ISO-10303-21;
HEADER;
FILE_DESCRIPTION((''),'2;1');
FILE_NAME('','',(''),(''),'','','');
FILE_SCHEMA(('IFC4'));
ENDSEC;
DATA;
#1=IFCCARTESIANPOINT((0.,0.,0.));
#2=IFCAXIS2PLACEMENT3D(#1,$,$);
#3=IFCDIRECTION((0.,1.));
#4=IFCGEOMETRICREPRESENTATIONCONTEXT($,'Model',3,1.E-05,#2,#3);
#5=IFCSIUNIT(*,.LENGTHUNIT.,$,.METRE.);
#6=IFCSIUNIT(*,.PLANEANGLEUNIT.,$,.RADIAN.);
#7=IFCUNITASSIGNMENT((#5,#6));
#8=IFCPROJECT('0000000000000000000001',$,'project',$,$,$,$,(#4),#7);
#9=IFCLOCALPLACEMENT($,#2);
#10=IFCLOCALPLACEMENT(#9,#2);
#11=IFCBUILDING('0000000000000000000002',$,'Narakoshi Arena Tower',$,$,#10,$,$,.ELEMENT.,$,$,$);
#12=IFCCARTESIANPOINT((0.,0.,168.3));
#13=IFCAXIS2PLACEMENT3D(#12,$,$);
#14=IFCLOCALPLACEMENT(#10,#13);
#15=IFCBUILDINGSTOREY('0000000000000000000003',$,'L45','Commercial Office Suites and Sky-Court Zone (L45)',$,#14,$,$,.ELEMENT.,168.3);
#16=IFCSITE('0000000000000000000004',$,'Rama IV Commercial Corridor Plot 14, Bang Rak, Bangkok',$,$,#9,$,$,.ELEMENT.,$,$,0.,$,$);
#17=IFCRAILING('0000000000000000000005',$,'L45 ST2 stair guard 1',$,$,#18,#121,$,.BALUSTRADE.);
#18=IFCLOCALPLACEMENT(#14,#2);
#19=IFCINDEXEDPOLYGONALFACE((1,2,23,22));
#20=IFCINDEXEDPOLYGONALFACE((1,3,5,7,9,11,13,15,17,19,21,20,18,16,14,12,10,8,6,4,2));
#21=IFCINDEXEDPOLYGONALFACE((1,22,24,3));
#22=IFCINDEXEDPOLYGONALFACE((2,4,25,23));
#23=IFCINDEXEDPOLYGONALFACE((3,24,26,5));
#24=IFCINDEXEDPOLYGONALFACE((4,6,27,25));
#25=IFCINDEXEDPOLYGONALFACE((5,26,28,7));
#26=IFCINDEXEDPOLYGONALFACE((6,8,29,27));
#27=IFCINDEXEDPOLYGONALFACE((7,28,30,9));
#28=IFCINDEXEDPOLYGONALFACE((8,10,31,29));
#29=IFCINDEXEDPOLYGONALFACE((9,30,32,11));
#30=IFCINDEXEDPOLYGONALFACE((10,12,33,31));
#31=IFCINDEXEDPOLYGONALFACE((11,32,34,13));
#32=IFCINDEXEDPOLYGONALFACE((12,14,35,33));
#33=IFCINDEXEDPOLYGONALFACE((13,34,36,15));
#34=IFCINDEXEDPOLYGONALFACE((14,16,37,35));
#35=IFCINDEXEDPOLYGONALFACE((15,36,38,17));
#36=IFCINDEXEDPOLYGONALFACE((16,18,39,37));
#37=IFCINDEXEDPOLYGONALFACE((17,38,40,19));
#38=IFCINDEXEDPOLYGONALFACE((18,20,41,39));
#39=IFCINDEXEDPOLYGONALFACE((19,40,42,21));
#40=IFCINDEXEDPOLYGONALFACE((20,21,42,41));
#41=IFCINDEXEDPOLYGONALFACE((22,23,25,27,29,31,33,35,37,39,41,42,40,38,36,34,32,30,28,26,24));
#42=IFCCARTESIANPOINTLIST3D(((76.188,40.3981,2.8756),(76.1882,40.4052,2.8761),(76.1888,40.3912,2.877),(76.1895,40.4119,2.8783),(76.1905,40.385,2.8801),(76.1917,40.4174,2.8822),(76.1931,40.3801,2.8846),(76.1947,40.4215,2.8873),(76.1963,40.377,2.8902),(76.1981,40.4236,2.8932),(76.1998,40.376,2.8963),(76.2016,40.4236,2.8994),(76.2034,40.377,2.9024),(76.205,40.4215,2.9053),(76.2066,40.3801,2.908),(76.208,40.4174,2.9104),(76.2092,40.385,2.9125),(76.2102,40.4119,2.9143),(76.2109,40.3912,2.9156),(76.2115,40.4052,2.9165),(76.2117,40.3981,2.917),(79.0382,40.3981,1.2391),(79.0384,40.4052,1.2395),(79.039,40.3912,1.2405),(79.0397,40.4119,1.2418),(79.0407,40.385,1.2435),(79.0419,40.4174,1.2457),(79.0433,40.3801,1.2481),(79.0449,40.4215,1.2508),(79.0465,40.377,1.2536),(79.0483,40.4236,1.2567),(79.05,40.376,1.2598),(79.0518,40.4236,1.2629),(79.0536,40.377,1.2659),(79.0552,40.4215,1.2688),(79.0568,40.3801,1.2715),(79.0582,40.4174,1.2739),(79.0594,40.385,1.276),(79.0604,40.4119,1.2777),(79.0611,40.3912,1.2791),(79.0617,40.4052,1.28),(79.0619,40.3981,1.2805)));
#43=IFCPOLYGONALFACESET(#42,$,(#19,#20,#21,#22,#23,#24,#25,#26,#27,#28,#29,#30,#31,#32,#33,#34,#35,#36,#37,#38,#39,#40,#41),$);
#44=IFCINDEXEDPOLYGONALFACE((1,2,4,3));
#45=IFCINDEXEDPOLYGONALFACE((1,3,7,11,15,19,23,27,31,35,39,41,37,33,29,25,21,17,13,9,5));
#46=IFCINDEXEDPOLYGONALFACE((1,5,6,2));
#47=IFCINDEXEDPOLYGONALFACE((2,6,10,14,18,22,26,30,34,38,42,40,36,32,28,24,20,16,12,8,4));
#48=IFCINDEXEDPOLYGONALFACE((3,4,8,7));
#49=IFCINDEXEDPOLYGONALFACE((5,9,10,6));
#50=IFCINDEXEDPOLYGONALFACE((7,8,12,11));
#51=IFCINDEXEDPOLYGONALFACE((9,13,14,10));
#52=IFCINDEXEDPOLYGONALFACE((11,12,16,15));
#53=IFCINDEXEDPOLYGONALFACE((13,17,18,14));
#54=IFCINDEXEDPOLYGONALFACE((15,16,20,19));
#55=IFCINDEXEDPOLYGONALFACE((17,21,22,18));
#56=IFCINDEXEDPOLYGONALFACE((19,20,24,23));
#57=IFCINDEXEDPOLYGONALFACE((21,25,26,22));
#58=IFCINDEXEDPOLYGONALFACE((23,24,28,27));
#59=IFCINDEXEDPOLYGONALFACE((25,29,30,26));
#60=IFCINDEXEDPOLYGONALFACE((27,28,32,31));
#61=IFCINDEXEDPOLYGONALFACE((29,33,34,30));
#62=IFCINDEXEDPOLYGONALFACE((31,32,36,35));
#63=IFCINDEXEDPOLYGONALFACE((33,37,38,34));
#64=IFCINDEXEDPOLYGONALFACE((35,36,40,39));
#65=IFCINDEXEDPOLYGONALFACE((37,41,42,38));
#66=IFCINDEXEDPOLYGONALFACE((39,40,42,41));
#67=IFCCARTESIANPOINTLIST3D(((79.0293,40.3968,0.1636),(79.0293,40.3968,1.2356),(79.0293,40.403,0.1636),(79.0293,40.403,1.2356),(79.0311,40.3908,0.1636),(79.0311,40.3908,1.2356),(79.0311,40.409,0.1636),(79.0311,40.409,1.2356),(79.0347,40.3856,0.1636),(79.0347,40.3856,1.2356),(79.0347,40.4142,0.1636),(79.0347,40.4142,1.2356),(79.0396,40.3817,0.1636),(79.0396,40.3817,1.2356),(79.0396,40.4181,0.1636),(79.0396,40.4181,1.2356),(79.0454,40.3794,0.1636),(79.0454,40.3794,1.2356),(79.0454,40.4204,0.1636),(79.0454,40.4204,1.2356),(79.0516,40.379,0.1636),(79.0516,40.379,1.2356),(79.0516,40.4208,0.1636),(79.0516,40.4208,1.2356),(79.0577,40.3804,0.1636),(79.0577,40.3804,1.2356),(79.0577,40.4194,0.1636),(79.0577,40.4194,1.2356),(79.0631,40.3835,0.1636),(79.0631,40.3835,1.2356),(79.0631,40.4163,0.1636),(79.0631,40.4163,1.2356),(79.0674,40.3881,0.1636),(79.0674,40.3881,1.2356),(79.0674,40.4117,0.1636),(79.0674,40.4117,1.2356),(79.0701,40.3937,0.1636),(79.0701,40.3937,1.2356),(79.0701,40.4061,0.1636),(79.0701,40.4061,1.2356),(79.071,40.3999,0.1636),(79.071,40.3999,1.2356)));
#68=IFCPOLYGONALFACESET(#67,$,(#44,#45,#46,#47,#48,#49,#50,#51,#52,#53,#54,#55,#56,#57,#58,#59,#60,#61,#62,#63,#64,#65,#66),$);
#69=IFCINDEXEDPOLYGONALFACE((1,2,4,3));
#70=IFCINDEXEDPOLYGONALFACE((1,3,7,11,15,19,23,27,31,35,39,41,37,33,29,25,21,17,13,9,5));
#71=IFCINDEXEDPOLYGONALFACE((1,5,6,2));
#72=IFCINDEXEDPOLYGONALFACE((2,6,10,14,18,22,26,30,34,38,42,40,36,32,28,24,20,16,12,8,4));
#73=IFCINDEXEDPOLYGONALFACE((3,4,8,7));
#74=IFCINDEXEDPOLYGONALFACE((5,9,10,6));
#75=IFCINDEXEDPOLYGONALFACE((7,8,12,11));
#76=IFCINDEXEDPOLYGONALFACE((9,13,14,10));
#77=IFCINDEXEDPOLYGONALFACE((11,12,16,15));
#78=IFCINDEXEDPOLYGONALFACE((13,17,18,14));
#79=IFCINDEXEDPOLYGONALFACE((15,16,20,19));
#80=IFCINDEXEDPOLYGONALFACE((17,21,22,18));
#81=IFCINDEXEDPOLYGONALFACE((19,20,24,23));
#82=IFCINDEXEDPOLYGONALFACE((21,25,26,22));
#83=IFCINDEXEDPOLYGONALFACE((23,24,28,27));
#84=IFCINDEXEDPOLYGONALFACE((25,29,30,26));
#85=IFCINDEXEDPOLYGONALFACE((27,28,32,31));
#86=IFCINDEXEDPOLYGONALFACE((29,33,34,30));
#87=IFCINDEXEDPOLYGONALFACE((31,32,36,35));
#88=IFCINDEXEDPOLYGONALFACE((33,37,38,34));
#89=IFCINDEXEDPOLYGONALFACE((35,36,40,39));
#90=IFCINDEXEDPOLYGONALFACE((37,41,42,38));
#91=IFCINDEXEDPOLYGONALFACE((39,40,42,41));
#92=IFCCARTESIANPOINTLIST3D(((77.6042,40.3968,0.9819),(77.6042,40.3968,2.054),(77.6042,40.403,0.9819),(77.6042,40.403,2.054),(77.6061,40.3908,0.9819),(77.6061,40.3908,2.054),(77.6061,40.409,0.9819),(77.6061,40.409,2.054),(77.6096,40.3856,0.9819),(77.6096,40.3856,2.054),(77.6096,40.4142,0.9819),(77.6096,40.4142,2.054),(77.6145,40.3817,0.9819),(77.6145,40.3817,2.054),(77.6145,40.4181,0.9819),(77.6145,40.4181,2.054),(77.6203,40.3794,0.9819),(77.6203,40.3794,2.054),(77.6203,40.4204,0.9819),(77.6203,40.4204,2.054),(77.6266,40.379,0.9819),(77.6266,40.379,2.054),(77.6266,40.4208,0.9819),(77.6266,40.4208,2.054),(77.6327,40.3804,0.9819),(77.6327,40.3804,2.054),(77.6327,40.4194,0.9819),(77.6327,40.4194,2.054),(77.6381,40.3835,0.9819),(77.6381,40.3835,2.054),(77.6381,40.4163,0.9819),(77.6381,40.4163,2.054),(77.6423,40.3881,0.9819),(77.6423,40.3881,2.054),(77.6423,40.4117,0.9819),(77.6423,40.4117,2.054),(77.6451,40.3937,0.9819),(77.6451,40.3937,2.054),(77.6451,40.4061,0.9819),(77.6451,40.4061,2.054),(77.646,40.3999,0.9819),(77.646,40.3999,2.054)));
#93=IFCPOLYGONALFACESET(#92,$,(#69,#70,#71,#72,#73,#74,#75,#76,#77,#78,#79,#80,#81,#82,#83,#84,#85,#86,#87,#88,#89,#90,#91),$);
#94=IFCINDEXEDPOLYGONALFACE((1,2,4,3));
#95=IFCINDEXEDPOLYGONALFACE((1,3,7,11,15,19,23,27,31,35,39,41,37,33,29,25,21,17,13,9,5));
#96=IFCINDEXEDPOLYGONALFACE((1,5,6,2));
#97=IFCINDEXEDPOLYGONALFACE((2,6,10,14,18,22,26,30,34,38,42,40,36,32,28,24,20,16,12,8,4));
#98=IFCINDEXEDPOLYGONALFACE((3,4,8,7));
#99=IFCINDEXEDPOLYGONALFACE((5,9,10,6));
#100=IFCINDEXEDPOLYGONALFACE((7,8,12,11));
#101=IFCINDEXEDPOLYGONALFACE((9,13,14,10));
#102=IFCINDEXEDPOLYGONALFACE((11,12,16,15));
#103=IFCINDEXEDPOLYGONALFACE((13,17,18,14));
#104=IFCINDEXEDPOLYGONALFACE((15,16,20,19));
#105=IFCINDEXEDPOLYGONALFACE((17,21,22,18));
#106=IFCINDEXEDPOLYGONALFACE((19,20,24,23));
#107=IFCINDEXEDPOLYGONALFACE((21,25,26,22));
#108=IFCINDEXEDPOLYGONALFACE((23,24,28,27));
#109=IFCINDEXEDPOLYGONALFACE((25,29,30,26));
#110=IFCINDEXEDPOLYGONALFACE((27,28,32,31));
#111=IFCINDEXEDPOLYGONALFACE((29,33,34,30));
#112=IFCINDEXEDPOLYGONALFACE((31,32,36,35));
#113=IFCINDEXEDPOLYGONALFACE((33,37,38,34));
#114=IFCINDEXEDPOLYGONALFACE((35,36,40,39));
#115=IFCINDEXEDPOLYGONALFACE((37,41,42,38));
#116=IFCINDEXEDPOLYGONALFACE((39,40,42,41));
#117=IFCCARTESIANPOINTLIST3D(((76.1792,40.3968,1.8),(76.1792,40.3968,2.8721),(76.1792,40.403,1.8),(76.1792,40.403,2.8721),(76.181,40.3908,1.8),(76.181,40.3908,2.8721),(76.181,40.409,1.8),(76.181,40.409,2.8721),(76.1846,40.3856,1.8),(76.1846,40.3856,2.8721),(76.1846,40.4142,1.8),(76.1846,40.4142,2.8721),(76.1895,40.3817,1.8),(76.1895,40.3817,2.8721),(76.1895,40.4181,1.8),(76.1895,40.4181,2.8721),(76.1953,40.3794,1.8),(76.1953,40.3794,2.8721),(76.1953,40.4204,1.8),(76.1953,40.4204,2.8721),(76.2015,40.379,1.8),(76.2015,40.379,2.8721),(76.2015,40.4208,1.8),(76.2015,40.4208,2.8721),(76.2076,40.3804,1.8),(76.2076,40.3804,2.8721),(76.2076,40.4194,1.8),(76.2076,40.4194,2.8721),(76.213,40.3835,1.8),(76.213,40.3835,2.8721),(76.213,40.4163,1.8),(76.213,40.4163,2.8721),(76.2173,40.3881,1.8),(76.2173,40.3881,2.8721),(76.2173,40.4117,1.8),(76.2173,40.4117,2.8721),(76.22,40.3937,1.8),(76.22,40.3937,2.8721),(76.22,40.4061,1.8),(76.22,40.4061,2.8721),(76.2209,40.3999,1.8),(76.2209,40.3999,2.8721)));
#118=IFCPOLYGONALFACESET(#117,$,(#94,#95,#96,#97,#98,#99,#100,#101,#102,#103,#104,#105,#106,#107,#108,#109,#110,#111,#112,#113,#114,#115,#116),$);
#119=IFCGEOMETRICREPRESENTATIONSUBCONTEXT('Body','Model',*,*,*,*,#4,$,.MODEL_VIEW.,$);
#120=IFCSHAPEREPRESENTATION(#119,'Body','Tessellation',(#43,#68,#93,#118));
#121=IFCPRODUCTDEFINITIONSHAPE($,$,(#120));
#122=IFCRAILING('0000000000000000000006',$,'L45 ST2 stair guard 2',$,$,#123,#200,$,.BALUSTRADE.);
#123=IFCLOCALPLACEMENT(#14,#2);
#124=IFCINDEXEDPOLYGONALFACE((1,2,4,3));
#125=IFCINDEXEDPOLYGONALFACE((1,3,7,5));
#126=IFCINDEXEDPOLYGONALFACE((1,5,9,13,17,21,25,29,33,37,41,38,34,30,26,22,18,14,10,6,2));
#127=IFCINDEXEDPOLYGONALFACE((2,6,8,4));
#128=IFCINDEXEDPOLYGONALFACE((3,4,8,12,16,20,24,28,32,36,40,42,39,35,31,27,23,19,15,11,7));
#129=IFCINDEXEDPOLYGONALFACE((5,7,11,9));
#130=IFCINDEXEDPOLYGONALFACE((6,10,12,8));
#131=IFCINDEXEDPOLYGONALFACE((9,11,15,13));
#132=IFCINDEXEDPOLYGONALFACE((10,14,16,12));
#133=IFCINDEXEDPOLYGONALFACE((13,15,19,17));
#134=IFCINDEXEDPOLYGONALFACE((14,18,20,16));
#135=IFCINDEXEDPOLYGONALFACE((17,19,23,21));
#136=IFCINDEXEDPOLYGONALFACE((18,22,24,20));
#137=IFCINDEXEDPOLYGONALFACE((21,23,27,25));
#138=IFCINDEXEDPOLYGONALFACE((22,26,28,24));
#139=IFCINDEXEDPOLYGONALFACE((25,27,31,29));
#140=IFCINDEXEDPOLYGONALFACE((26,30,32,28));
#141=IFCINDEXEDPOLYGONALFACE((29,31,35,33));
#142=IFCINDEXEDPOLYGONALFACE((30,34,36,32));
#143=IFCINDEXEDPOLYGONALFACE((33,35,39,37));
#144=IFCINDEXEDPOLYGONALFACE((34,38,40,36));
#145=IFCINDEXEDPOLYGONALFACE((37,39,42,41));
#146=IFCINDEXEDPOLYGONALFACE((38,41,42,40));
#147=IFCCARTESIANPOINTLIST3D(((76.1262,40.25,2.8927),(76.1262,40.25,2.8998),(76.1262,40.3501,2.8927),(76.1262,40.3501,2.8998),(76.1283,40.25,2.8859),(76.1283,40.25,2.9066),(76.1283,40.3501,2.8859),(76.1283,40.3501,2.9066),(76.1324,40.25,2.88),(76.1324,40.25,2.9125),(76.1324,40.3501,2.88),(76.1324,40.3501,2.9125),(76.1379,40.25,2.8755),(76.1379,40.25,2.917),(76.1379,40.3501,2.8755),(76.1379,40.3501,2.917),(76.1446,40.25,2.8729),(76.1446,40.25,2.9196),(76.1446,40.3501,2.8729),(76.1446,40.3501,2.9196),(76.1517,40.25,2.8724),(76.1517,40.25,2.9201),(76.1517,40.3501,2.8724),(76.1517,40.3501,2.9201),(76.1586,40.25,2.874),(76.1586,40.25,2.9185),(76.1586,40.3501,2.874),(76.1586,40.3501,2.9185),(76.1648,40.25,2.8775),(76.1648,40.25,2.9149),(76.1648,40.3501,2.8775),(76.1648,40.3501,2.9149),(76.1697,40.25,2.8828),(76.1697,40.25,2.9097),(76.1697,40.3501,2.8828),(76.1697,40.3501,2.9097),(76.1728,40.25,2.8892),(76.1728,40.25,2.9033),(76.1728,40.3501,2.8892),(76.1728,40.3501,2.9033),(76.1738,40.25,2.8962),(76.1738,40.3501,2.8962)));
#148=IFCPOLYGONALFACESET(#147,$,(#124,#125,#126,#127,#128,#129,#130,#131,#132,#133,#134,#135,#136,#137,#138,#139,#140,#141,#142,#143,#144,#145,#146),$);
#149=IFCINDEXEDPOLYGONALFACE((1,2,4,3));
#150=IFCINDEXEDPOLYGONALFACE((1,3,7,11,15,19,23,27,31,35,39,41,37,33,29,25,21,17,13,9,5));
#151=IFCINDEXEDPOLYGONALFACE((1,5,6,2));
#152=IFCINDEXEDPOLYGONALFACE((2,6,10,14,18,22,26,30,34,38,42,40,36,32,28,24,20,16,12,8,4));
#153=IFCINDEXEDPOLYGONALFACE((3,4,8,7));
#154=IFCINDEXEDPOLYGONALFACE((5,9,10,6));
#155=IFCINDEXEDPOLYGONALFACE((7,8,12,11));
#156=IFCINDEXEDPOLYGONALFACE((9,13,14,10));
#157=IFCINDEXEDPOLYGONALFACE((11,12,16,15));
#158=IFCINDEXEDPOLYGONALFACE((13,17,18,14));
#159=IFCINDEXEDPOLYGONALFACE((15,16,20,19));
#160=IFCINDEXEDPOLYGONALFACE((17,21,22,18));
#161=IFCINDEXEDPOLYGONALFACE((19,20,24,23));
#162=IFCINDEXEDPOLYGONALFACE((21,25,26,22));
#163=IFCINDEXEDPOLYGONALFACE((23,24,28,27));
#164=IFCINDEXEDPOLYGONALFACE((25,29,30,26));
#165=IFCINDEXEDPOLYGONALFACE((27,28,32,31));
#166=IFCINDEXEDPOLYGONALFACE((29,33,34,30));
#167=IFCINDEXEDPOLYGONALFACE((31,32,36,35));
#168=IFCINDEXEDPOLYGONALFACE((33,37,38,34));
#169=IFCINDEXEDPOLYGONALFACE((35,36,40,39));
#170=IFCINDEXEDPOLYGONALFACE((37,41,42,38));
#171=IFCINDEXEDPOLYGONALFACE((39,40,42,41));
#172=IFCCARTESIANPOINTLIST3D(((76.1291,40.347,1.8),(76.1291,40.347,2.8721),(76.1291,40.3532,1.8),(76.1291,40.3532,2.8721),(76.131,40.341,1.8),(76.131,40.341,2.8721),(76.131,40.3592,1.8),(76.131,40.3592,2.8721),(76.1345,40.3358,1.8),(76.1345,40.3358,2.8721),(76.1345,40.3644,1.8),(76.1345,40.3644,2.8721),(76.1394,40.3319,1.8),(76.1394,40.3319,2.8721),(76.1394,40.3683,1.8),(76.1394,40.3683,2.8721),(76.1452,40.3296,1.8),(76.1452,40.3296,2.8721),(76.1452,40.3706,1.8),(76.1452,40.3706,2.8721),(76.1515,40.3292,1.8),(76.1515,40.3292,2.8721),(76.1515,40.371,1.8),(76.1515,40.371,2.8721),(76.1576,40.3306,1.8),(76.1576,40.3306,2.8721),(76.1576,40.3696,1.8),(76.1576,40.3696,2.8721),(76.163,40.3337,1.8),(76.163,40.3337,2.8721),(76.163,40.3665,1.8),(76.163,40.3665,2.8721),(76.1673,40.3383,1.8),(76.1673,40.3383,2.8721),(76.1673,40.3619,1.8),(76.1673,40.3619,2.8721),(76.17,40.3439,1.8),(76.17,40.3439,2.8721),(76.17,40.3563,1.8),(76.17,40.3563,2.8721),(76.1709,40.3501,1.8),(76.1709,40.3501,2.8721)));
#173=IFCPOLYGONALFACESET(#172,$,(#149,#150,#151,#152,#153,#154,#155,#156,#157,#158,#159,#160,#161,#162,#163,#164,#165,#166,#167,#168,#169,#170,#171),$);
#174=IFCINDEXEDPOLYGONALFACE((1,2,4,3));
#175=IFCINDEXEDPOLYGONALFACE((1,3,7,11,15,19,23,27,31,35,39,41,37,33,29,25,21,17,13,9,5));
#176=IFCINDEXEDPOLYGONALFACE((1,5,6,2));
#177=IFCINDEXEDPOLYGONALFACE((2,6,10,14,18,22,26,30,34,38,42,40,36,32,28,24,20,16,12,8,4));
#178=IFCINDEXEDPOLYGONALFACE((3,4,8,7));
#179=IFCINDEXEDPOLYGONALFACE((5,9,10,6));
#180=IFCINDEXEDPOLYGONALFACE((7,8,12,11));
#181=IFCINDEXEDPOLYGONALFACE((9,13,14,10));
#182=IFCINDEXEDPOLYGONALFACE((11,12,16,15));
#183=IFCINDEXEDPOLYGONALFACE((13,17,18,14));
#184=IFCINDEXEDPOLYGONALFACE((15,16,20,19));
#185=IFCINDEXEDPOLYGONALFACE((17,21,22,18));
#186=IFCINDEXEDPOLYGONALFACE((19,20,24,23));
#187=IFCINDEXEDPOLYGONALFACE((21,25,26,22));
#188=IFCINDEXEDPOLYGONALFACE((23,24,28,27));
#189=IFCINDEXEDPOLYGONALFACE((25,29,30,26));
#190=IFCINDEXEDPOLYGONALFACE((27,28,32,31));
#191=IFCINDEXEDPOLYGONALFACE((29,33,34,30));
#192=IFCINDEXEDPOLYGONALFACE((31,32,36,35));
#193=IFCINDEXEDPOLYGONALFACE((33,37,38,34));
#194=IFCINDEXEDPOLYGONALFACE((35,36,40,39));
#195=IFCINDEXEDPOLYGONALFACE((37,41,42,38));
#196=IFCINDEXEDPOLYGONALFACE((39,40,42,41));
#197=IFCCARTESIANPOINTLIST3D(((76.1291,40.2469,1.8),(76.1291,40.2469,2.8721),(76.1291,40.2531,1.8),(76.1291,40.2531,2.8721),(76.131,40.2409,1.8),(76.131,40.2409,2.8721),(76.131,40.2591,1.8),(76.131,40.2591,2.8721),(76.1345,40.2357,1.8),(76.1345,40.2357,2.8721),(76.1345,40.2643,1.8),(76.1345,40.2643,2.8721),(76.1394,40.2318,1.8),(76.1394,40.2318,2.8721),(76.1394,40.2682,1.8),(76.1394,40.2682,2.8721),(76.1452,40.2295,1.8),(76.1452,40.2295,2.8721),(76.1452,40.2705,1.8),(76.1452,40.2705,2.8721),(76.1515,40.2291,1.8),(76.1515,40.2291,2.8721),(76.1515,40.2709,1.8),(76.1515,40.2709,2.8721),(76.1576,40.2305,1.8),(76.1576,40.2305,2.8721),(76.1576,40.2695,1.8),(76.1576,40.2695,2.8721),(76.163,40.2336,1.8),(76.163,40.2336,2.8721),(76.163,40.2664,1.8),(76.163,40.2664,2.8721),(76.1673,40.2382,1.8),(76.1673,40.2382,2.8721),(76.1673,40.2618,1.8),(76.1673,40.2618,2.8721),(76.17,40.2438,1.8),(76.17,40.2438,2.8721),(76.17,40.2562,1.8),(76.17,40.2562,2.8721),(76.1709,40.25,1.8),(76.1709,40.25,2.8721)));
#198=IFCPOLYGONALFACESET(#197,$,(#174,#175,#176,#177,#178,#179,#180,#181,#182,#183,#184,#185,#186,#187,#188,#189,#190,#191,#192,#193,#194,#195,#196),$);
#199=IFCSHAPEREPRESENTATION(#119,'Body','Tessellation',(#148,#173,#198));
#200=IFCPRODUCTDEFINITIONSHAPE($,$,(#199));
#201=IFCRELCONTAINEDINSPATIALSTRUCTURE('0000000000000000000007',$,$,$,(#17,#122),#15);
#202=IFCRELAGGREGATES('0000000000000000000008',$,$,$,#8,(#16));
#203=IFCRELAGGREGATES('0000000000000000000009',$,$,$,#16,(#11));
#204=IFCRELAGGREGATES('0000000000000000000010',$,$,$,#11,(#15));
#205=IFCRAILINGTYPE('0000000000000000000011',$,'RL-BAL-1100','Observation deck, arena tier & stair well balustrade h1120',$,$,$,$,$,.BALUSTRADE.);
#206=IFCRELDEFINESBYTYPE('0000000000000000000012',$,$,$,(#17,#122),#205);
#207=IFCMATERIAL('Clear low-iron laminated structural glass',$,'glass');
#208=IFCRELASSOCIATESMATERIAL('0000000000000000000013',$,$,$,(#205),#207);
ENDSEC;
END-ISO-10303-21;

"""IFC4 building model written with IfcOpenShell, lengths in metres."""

from ifc_helpers import new_model, si_unit, direction, frame, origin, origin_2d, place, context, subcontext, project, spatial, circle, extrude, material, type_object, element, save


model = new_model("IFC4")

# Units and contexts
model_context = context("Model", 3, precision=1e-05, world=origin(), true_north=direction((0.0, 1.0)))
body_context = subcontext(model_context, "Body", "Model", "MODEL_VIEW")
ifc_project = project(units=[si_unit("LENGTHUNIT", "METRE"), si_unit("PLANEANGLEUNIT", "RADIAN")], contexts=[model_context])

# Site, building, storey
site_placement = place(None, origin())
site = spatial("IfcSite", under=ifc_project, at=site_placement, Name="Rama IV Commercial Corridor Plot 14, Bang Rak, Bangkok", CompositionType="ELEMENT", RefElevation=0.0)
building_placement = place(site_placement, origin())
building = spatial("IfcBuilding", under=site, at=building_placement, Name="Narakoshi Arena Tower", CompositionType="ELEMENT")
storey_placement = place(building_placement, frame((0.0, 0.0, 168.3)))
storey = spatial("IfcBuildingStorey", under=building, at=storey_placement, Name="L45", Description="Commercial Office Suites and Sky-Court Zone (L45)", CompositionType="ELEMENT", Elevation=168.3)

# Railings
ifc_material_1 = material(Name="Clear low-iron laminated structural glass", Category="glass")
railing_type_1 = type_object("IfcRailingType", Name="RL-BAL-1100", Description="Observation deck, arena tier & stair well balustrade h1120", PredefinedType="BALUSTRADE", material=ifc_material_1)
railing_1_placement = place(storey_placement, frame((79.05, 40.3999, 0.1636)))
element("IfcRailing", 1, at=railing_1_placement, inside=storey, type_object=railing_type_1, Name="L45 ST2 stair guard 1", PredefinedType="BALUSTRADE", context=body_context, shape_type="SweptSolid", body=[
    extrude(circle(Radius=0.0239, at=origin_2d()), frame((0.0, 0.0, 1.0962), z_axis=(-0.867213, 0.0, 0.497938), x_axis=(0.0, -1.0, 0.0)), (0.0, 0.0, 1.0), 3.2866),
    extrude(circle(Radius=0.021, at=origin_2d()), origin(), (0.0, 0.0, 1.0), 1.072),
    extrude(circle(Radius=0.021, at=origin_2d()), frame((-1.425, 0.0, 0.8184)), (0.0, 0.0, 1.0), 1.072),
    extrude(circle(Radius=0.021, at=origin_2d()), frame((-2.8501, 0.0, 1.6365)), (0.0, 0.0, 1.0), 1.072),
])
railing_2_placement = place(storey_placement, frame((76.1499, 40.3501, 1.8)))
element("IfcRailing", 2, at=railing_2_placement, inside=storey, type_object=railing_type_1, Name="L45 ST2 stair guard 2", PredefinedType="BALUSTRADE", context=body_context, shape_type="SweptSolid", body=[
    extrude(circle(Radius=0.0239, at=origin_2d()), frame((0.0, 0.0, 1.0962), z_axis=(0.0, -1.0, 0.0), x_axis=(1.0, 0.0, 0.0)), (0.0, 0.0, 1.0), 0.1001),
    extrude(circle(Radius=0.021, at=origin_2d()), origin(), (0.0, 0.0, 1.0), 1.072),
    extrude(circle(Radius=0.021, at=origin_2d()), frame((0.0, -0.1001, 0.0)), (0.0, 0.0, 1.0), 1.072),
])

save(model, "model.ifc")
